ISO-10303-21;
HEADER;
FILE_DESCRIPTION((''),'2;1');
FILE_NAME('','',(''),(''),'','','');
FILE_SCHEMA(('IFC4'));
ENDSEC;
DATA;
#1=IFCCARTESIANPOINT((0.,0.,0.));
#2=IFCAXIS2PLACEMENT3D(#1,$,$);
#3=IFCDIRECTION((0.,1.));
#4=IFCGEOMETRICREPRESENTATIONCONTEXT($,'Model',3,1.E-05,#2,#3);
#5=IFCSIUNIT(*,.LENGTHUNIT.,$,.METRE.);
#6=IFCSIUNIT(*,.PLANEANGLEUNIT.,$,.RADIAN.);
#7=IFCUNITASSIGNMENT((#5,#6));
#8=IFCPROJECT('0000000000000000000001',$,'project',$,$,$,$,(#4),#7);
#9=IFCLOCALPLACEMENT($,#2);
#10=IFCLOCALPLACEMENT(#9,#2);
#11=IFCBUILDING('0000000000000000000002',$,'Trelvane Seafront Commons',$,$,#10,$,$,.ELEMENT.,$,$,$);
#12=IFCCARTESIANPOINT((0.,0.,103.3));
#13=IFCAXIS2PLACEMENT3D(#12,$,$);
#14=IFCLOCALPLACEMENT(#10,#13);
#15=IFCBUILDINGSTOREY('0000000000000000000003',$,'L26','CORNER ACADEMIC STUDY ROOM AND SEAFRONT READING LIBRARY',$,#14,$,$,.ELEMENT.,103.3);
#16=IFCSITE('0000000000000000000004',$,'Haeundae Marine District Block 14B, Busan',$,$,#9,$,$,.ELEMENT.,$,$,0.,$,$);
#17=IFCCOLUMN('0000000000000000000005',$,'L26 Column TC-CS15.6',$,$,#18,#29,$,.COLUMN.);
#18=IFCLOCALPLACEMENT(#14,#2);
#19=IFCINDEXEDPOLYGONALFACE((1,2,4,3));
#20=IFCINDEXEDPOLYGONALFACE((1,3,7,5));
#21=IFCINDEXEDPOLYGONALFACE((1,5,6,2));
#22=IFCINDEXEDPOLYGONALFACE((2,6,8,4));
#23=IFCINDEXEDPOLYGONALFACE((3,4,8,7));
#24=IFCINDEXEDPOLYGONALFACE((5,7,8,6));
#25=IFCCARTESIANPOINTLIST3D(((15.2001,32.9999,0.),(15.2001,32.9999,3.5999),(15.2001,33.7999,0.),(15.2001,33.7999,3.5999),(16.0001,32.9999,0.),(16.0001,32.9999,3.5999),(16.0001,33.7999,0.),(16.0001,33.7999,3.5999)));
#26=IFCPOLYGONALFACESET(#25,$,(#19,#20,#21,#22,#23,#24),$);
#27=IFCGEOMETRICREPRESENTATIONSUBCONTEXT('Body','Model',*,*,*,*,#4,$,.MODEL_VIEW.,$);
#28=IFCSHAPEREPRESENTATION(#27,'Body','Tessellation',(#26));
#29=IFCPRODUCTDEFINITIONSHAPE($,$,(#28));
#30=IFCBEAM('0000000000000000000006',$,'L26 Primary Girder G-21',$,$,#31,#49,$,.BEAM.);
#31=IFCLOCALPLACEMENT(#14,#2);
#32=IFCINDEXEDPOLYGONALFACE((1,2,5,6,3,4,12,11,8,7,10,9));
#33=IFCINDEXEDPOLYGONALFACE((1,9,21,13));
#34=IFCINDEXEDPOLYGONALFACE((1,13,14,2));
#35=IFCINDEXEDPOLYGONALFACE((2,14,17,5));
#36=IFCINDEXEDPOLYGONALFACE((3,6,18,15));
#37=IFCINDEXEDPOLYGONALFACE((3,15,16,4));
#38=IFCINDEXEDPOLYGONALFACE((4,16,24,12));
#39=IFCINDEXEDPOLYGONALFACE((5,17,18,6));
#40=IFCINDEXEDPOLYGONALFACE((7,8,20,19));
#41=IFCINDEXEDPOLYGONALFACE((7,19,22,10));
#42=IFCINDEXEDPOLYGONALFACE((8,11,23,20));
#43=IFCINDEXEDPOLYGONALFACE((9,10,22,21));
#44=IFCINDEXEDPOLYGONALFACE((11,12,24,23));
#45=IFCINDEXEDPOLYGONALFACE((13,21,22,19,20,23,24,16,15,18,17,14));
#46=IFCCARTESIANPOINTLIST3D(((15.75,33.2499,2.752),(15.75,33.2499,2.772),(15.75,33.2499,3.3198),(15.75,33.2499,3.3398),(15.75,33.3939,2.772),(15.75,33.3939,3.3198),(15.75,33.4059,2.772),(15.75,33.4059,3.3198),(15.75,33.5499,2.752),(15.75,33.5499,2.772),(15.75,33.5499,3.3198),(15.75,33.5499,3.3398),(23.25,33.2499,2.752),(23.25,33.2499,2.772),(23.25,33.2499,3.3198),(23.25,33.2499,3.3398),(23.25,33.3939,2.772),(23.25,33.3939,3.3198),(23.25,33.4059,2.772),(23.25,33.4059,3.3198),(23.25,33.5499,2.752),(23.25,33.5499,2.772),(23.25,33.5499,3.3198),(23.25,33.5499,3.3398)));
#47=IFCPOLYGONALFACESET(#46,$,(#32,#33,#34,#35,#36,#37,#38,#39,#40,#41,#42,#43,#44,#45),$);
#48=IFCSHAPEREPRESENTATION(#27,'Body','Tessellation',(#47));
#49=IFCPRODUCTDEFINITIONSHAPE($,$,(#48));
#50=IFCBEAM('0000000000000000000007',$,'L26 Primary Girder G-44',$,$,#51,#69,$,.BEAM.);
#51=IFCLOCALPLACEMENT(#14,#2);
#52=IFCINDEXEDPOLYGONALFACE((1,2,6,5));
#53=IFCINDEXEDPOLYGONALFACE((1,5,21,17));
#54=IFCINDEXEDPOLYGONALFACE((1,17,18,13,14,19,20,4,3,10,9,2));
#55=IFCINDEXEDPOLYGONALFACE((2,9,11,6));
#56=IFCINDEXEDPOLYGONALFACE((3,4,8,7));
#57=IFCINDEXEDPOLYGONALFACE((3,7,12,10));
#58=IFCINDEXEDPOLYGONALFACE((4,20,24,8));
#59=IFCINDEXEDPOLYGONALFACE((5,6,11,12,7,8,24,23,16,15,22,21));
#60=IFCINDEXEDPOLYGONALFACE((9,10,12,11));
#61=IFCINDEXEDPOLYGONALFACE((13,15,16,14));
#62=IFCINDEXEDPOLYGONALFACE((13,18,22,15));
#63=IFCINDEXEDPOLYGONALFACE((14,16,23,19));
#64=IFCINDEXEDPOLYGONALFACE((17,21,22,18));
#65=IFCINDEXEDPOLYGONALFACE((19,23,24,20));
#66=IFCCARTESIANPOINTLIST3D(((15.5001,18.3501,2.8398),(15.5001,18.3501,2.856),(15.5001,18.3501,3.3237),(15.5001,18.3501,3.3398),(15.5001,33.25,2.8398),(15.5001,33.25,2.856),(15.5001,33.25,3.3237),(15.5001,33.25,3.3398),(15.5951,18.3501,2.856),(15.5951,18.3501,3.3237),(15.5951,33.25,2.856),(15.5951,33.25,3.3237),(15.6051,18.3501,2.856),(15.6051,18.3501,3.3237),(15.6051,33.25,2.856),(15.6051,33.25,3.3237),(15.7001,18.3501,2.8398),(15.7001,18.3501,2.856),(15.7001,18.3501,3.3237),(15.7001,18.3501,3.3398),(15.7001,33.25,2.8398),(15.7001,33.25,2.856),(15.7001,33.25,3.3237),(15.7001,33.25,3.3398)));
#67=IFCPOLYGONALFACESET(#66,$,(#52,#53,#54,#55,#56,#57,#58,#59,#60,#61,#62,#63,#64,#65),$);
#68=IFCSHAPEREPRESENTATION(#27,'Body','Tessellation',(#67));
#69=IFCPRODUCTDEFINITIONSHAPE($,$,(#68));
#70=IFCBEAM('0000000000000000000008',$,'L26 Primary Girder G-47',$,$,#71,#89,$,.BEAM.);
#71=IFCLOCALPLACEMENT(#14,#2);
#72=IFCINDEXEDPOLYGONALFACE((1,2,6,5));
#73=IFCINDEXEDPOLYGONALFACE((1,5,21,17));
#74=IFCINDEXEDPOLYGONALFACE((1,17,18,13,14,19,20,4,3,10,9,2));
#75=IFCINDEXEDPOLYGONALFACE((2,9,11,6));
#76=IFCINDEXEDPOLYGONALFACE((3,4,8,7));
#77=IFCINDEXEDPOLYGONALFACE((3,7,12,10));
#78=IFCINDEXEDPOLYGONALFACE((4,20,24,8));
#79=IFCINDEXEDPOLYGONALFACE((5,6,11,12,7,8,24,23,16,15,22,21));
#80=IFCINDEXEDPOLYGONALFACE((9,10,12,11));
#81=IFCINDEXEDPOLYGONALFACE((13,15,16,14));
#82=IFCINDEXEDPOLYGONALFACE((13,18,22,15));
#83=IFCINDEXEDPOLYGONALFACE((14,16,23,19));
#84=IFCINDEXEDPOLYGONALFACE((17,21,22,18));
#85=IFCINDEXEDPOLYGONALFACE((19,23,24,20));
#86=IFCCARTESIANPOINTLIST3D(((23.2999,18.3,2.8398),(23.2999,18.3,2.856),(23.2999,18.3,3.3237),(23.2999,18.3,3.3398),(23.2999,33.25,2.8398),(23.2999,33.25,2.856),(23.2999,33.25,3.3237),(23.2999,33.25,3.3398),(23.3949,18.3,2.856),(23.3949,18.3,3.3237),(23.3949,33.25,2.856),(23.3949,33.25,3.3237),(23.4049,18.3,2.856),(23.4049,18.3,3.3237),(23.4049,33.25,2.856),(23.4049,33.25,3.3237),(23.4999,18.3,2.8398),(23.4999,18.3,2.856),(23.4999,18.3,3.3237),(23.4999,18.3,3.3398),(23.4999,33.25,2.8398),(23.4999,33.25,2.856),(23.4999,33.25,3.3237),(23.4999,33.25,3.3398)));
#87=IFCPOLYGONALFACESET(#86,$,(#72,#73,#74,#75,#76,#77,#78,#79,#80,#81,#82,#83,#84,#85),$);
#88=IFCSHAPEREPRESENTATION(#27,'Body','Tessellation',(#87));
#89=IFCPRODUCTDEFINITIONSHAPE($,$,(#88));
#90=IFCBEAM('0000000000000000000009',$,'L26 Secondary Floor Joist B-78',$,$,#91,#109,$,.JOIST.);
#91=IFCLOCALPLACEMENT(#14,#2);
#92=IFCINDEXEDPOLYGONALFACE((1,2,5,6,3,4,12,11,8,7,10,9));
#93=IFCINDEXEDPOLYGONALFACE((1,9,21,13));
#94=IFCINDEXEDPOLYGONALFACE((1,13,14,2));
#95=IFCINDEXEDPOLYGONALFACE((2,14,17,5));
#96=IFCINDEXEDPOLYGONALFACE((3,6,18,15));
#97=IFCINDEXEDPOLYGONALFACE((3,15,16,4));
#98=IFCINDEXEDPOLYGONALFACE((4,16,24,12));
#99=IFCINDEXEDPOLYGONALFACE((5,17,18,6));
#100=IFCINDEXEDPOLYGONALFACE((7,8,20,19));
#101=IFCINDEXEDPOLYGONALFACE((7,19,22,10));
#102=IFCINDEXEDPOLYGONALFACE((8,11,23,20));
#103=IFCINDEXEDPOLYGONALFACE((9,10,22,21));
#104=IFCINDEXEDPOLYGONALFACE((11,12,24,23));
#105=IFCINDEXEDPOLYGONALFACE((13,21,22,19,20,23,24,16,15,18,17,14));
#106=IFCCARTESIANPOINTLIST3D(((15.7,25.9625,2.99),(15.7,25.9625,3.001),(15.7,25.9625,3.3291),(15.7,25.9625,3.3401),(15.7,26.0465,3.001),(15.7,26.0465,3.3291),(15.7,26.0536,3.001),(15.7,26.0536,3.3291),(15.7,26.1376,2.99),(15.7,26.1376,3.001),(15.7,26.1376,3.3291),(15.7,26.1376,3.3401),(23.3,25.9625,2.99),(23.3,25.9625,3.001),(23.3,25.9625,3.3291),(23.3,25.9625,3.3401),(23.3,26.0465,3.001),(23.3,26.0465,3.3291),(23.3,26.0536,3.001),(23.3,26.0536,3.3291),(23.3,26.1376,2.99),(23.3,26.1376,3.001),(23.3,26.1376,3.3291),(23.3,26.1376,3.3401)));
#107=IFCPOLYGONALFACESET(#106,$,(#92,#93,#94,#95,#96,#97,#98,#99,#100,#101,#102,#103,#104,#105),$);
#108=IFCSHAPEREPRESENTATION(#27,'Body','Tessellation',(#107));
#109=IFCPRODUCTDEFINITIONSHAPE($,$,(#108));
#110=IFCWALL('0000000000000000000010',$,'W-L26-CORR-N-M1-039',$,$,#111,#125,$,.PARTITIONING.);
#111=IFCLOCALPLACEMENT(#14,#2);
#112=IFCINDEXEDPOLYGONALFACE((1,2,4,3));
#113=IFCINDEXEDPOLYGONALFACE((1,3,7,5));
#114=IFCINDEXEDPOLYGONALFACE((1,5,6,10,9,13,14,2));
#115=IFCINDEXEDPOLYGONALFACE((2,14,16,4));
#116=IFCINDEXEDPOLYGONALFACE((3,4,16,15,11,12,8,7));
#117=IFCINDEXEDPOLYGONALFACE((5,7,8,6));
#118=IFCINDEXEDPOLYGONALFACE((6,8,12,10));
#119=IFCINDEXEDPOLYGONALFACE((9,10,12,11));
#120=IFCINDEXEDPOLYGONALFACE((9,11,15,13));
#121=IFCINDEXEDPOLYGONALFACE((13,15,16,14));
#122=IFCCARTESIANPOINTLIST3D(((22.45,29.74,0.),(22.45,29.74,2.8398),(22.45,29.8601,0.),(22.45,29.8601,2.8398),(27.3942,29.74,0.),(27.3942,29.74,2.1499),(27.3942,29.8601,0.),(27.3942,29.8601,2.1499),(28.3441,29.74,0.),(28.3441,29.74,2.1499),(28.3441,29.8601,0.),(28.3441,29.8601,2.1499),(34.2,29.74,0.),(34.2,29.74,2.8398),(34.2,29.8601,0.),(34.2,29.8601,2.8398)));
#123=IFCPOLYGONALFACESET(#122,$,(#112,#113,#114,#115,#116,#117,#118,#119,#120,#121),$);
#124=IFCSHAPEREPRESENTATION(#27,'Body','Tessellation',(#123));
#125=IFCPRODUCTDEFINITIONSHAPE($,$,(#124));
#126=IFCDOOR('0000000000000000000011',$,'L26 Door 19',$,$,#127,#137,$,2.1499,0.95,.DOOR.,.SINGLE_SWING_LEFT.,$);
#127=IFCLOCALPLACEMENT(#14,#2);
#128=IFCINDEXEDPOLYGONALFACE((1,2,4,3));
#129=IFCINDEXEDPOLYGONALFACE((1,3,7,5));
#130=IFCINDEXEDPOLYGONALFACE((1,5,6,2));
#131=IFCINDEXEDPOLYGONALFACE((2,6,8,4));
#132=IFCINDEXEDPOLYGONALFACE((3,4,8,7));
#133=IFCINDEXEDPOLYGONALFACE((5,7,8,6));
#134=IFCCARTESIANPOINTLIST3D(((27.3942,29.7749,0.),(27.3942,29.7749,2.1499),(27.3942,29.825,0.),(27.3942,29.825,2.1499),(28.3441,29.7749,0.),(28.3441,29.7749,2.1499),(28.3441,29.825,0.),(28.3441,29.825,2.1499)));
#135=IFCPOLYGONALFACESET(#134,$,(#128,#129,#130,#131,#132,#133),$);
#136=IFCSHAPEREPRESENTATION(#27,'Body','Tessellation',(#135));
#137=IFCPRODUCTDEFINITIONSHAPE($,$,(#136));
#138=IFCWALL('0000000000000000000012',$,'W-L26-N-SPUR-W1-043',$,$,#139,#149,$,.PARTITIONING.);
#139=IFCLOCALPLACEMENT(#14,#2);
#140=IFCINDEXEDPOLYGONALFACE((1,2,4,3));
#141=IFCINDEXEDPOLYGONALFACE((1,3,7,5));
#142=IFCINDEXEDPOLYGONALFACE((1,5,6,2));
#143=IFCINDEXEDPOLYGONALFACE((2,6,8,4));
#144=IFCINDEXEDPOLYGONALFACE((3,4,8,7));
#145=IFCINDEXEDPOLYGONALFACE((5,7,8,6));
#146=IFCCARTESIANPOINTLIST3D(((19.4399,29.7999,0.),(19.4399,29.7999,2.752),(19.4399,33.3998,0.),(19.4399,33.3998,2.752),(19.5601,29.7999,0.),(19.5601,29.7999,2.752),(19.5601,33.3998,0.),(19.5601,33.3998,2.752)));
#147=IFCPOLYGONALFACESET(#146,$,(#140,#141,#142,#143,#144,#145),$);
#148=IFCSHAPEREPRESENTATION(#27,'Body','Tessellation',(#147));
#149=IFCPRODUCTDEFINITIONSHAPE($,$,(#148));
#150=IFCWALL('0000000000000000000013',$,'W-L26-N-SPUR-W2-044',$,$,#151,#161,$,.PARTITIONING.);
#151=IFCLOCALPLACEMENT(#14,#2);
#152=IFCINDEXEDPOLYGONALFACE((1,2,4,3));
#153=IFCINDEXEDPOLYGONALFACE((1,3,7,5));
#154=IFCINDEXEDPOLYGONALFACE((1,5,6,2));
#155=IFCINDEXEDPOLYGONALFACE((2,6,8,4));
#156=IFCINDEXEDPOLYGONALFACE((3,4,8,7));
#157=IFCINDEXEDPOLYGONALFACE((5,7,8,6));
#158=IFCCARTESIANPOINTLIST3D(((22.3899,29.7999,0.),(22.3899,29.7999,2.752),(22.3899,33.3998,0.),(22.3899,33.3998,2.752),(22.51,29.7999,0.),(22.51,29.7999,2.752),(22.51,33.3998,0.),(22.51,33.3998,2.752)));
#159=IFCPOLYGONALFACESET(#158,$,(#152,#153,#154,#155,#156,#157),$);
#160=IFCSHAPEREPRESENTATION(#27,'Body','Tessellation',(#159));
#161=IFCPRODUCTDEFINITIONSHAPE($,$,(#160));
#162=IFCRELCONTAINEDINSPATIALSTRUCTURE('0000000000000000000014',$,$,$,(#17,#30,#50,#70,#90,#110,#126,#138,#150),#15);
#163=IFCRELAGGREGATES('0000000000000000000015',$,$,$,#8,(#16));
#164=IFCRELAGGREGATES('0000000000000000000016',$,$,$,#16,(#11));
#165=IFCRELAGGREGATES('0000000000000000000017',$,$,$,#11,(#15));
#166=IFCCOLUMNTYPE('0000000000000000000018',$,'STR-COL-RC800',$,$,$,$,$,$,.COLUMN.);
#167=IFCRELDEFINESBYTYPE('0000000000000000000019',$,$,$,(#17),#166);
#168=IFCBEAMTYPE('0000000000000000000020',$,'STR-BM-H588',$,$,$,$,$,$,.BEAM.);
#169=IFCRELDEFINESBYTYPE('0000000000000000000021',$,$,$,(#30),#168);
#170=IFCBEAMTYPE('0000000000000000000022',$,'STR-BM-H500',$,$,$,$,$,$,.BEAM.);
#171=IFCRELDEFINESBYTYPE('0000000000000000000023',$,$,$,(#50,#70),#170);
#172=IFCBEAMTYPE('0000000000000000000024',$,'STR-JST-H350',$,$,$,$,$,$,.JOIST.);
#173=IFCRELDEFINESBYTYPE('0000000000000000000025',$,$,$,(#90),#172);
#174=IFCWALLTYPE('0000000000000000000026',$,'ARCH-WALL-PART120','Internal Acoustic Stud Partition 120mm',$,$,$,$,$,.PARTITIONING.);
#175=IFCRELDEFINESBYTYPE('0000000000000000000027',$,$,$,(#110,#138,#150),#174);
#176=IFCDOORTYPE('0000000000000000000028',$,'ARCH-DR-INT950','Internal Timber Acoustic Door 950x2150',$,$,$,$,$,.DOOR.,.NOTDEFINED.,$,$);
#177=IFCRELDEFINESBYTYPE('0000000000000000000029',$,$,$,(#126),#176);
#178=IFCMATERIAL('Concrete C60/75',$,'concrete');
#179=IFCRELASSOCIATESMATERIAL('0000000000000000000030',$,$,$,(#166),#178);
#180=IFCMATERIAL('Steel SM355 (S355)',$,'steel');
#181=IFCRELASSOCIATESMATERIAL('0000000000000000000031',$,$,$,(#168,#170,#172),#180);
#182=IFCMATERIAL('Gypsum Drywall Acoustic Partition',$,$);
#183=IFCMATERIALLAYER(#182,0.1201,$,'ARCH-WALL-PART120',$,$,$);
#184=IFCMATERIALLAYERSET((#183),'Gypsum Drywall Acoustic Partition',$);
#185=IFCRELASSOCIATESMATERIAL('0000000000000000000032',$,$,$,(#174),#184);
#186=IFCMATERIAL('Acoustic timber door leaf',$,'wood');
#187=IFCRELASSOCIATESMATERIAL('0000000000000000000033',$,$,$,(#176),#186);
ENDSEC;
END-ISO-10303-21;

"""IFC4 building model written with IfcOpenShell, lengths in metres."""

from ifc_helpers import new_model, si_unit, direction, frame, frame_2d, origin, origin_2d, place, context, subcontext, project, spatial, rectangle, i_section, extrude, source, transform, mapped, material, layer, layer_set, material_profile, profile_set, type_object, element, fill, save


model = new_model("IFC4")

# Units and contexts
model_context = context("Model", 3, precision=1e-05, world=origin(), true_north=direction((0.0, 1.0)))
body_context = subcontext(model_context, "Body", "Model", "MODEL_VIEW")
ifc_project = project(units=[si_unit("LENGTHUNIT", "METRE"), si_unit("PLANEANGLEUNIT", "RADIAN")], contexts=[model_context])

# Site, building, storey
site_placement = place(None, origin())
site = spatial("IfcSite", under=ifc_project, at=site_placement, Name="Haeundae Marine District Block 14B, Busan", CompositionType="ELEMENT", RefElevation=0.0)
building_placement = place(site_placement, origin())
building = spatial("IfcBuilding", under=site, at=building_placement, Name="Trelvane Seafront Commons", CompositionType="ELEMENT")
storey_placement = place(building_placement, frame((0.0, 0.0, 103.3)))
storey = spatial("IfcBuildingStorey", under=building, at=storey_placement, Name="L26", Description="CORNER ACADEMIC STUDY ROOM AND SEAFRONT READING LIBRARY", CompositionType="ELEMENT", Elevation=103.3)

# Column
ifc_material_1 = material(Name="Concrete C60/75", Category="concrete")
ifc_material_profile_1 = material_profile(ifc_material_1, rectangle(XDim=0.8, YDim=0.8, at=origin_2d()), Name="RC-800x800")
ifc_profile_set_1 = profile_set([ifc_material_profile_1], Name="Concrete C60/75")
column_type = type_object("IfcColumnType", Name="STR-COL-RC800", PredefinedType="COLUMN", material=ifc_profile_set_1)
shared_shape_1 = source(origin(), body_context, "Body", "SweptSolid", [
    extrude(rectangle(XDim=0.8, YDim=0.8, at=origin_2d()), origin(), (0.0, 0.0, 1.0), 3.5999),
])
column_placement = place(storey_placement, frame((15.6001, 33.3999, 0.0), z_axis=(0.0, 0.0, 1.0), x_axis=(1.0, 0.0, 0.0)))
element("IfcColumn", 1, at=column_placement, inside=storey, type_object=column_type, Name="L26 Column TC-CS15.6", PredefinedType="COLUMN", context=body_context, shape_type="MappedRepresentation", body=[
    mapped(shared_shape_1, transform((0.0, 0.0, 0.0), x_axis=(1.0, 0.0, 0.0), y_axis=(0.0, 1.0, 0.0), z_axis=(0.0, 0.0, 1.0), scale=1.0)),
])

# Beams
ifc_material_2 = material(Name="Steel SM355 (S355)", Category="steel")
ifc_material_profile_2 = material_profile(ifc_material_2, i_section(OverallWidth=0.3, OverallDepth=0.5879, WebThickness=0.012, FlangeThickness=0.02, at=origin_2d()), Name="H-588x300x12x20")
ifc_profile_set_2 = profile_set([ifc_material_profile_2], Name="Steel SM355 (S355)")
beam_type_1 = type_object("IfcBeamType", Name="STR-BM-H588", PredefinedType="BEAM", material=ifc_profile_set_2)
shared_shape_2 = source(origin(), body_context, "Body", "SweptSolid", [
    extrude(i_section(OverallWidth=0.3, OverallDepth=0.5879, WebThickness=0.012, FlangeThickness=0.02, at=origin_2d()), origin(), (0.0, 0.0, 1.0), 7.5),
])
beam_1_placement = place(storey_placement, frame((15.75, 33.3999, 3.0459), z_axis=(1.0, 0.0, 0.0), x_axis=(0.0, 1.0, 0.0)))
element("IfcBeam", 2, at=beam_1_placement, inside=storey, type_object=beam_type_1, Name="L26 Primary Girder G-21", PredefinedType="BEAM", context=body_context, shape_type="MappedRepresentation", body=[
    mapped(shared_shape_2, transform((0.0, 0.0, 0.0), x_axis=(1.0, 0.0, 0.0), y_axis=(0.0, 1.0, 0.0), z_axis=(0.0, 0.0, 1.0), scale=1.0)),
])
ifc_material_profile_3 = material_profile(ifc_material_2, i_section(OverallWidth=0.2, OverallDepth=0.5, WebThickness=0.01, FlangeThickness=0.0161, at=origin_2d()), Name="H-500x200x10x16")
ifc_profile_set_3 = profile_set([ifc_material_profile_3], Name="Steel SM355 (S355)")
beam_type_2 = type_object("IfcBeamType", Name="STR-BM-H500", PredefinedType="BEAM", material=ifc_profile_set_3)
shared_shape_3 = source(origin(), body_context, "Body", "SweptSolid", [
    extrude(i_section(OverallWidth=0.2, OverallDepth=0.5, WebThickness=0.01, FlangeThickness=0.0161, at=origin_2d()), origin(), (0.0, 0.0, 1.0), 14.8999),
])
beam_2_placement = place(storey_placement, frame((15.6001, 18.3501, 3.0898), z_axis=(0.0, 1.0, 0.0), x_axis=(-1.0, 0.0, 0.0)))
element("IfcBeam", 3, at=beam_2_placement, inside=storey, type_object=beam_type_2, Name="L26 Primary Girder G-44", PredefinedType="BEAM", context=body_context, shape_type="MappedRepresentation", body=[
    mapped(shared_shape_3, transform((0.0, 0.0, 0.0), x_axis=(1.0, 0.0, 0.0), y_axis=(0.0, 1.0, 0.0), z_axis=(0.0, 0.0, 1.0), scale=1.0)),
])
shared_shape_4 = source(origin(), body_context, "Body", "SweptSolid", [
    extrude(i_section(OverallWidth=0.2, OverallDepth=0.5, WebThickness=0.01, FlangeThickness=0.0161, at=origin_2d()), origin(), (0.0, 0.0, 1.0), 14.95),
])
beam_3_placement = place(storey_placement, frame((23.3999, 18.3, 3.0898), z_axis=(0.0, 1.0, 0.0), x_axis=(-1.0, 0.0, 0.0)))
element("IfcBeam", 4, at=beam_3_placement, inside=storey, type_object=beam_type_2, Name="L26 Primary Girder G-47", PredefinedType="BEAM", context=body_context, shape_type="MappedRepresentation", body=[
    mapped(shared_shape_4, transform((0.0, 0.0, 0.0), x_axis=(1.0, 0.0, 0.0), y_axis=(0.0, 1.0, 0.0), z_axis=(0.0, 0.0, 1.0), scale=1.0)),
])
ifc_material_profile_4 = material_profile(ifc_material_2, i_section(OverallWidth=0.175, OverallDepth=0.3501, WebThickness=0.0071, FlangeThickness=0.011, at=origin_2d()), Name="H-350x175x7x11")
ifc_profile_set_4 = profile_set([ifc_material_profile_4], Name="Steel SM355 (S355)")
beam_type_3 = type_object("IfcBeamType", Name="STR-JST-H350", PredefinedType="JOIST", material=ifc_profile_set_4)
shared_shape_5 = source(origin(), body_context, "Body", "SweptSolid", [
    extrude(i_section(OverallWidth=0.175, OverallDepth=0.3501, WebThickness=0.0071, FlangeThickness=0.011, at=origin_2d()), origin(), (0.0, 0.0, 1.0), 7.6001),
])
beam_4_placement = place(storey_placement, frame((15.7, 26.05, 3.165), z_axis=(1.0, 0.0, 0.0), x_axis=(0.0, 1.0, 0.0)))
element("IfcBeam", 5, at=beam_4_placement, inside=storey, type_object=beam_type_3, Name="L26 Secondary Floor Joist B-78", PredefinedType="JOIST", context=body_context, shape_type="MappedRepresentation", body=[
    mapped(shared_shape_5, transform((0.0, 0.0, 0.0), x_axis=(1.0, 0.0, 0.0), y_axis=(0.0, 1.0, 0.0), z_axis=(0.0, 0.0, 1.0), scale=1.0)),
])

# Wall, opening, door
ifc_material_3 = material(Name="Gypsum Drywall Acoustic Partition")
ifc_layer_1 = layer(ifc_material_3, 0.1201, Name="ARCH-WALL-PART120")
ifc_layer_set_1 = layer_set([ifc_layer_1], Name="Gypsum Drywall Acoustic Partition")
wall_type_1 = type_object("IfcWallType", Name="ARCH-WALL-PART120", Description="Internal Acoustic Stud Partition 120mm", PredefinedType="PARTITIONING", material=ifc_layer_set_1)
wall_1_placement = place(storey_placement, frame((22.45, 29.8, 0.0), z_axis=(0.0, 0.0, 1.0), x_axis=(1.0, 0.0, 0.0)))
wall_1 = element("IfcWall", 6, at=wall_1_placement, inside=storey, type_object=wall_type_1, Name="W-L26-CORR-N-M1-039", PredefinedType="PARTITIONING", context=body_context, shape_type="SweptSolid", body=[
    extrude(rectangle(XDim=11.75, YDim=0.1201, at=frame_2d((5.875, 0.0))), origin(), (0.0, 0.0, 1.0), 2.8398),
])
opening_1_placement = place(wall_1_placement, frame((4.9441, 0.0, 0.0)))
opening_1 = element("IfcOpeningElement", 7, at=opening_1_placement, cuts=wall_1, PredefinedType="OPENING", context=body_context, shape_type="SweptSolid", body=[
    extrude(rectangle(XDim=0.95, YDim=2.1499, at=frame_2d((0.4751, 1.075))), frame((0.0, 0.0701, 0.0), z_axis=(0.0, -1.0, 0.0), x_axis=(1.0, 0.0, 0.0)), (0.0, 0.0, 1.0), 0.1401),
])
ifc_material_4 = material(Name="Acoustic timber door leaf", Category="wood")
door_type_1 = type_object("IfcDoorType", Name="ARCH-DR-INT950", Description="Internal Timber Acoustic Door 950x2150", OperationType="NOTDEFINED", PredefinedType="DOOR", material=ifc_material_4)
shared_shape_6 = source(origin(), body_context, "Body", "SweptSolid", [
    extrude(rectangle(XDim=0.95, YDim=2.1499, at=frame_2d((0.4751, 1.075))), frame((0.0, 0.0249, 0.0), z_axis=(0.0, -1.0, 0.0), x_axis=(1.0, 0.0, 0.0)), (0.0, 0.0, 1.0), 0.05),
])
door_1_placement = place(opening_1_placement, origin())
door_1 = element("IfcDoor", 8, at=door_1_placement, inside=storey, type_object=door_type_1, Name="L26 Door 19", OperationType="SINGLE_SWING_LEFT", OverallHeight=2.1499, OverallWidth=0.95, PredefinedType="DOOR", context=body_context, shape_type="MappedRepresentation", body=[
    mapped(shared_shape_6, transform((0.0, 0.0, 0.0), x_axis=(1.0, 0.0, 0.0), y_axis=(0.0, 1.0, 0.0), z_axis=(0.0, 0.0, 1.0), scale=1.0)),
])
fill(opening_1, door_1)

# Walls
for number, where, z_axis, x_axis, name in (
    (9, (19.5, 29.8, 0.0), (0.0, 0.0, 1.0), (0.0, 1.0, 0.0), "W-L26-N-SPUR-W1-043"),
    (10, (22.45, 29.8, 0.0), (0.0, 0.0, 1.0), (0.0, 1.0, 0.0), "W-L26-N-SPUR-W2-044"),
):
    element("IfcWall", number, at=place(storey_placement, frame(where, z_axis=z_axis, x_axis=x_axis)), inside=storey, type_object=wall_type_1, Name=name, PredefinedType="PARTITIONING", context=body_context, shape_type="SweptSolid", body=[
        extrude(rectangle(XDim=3.5999, YDim=0.1201, at=frame_2d((1.7998, 0.0))), origin(), (0.0, 0.0, 1.0), 2.752),
    ])

save(model, "model.ifc")
